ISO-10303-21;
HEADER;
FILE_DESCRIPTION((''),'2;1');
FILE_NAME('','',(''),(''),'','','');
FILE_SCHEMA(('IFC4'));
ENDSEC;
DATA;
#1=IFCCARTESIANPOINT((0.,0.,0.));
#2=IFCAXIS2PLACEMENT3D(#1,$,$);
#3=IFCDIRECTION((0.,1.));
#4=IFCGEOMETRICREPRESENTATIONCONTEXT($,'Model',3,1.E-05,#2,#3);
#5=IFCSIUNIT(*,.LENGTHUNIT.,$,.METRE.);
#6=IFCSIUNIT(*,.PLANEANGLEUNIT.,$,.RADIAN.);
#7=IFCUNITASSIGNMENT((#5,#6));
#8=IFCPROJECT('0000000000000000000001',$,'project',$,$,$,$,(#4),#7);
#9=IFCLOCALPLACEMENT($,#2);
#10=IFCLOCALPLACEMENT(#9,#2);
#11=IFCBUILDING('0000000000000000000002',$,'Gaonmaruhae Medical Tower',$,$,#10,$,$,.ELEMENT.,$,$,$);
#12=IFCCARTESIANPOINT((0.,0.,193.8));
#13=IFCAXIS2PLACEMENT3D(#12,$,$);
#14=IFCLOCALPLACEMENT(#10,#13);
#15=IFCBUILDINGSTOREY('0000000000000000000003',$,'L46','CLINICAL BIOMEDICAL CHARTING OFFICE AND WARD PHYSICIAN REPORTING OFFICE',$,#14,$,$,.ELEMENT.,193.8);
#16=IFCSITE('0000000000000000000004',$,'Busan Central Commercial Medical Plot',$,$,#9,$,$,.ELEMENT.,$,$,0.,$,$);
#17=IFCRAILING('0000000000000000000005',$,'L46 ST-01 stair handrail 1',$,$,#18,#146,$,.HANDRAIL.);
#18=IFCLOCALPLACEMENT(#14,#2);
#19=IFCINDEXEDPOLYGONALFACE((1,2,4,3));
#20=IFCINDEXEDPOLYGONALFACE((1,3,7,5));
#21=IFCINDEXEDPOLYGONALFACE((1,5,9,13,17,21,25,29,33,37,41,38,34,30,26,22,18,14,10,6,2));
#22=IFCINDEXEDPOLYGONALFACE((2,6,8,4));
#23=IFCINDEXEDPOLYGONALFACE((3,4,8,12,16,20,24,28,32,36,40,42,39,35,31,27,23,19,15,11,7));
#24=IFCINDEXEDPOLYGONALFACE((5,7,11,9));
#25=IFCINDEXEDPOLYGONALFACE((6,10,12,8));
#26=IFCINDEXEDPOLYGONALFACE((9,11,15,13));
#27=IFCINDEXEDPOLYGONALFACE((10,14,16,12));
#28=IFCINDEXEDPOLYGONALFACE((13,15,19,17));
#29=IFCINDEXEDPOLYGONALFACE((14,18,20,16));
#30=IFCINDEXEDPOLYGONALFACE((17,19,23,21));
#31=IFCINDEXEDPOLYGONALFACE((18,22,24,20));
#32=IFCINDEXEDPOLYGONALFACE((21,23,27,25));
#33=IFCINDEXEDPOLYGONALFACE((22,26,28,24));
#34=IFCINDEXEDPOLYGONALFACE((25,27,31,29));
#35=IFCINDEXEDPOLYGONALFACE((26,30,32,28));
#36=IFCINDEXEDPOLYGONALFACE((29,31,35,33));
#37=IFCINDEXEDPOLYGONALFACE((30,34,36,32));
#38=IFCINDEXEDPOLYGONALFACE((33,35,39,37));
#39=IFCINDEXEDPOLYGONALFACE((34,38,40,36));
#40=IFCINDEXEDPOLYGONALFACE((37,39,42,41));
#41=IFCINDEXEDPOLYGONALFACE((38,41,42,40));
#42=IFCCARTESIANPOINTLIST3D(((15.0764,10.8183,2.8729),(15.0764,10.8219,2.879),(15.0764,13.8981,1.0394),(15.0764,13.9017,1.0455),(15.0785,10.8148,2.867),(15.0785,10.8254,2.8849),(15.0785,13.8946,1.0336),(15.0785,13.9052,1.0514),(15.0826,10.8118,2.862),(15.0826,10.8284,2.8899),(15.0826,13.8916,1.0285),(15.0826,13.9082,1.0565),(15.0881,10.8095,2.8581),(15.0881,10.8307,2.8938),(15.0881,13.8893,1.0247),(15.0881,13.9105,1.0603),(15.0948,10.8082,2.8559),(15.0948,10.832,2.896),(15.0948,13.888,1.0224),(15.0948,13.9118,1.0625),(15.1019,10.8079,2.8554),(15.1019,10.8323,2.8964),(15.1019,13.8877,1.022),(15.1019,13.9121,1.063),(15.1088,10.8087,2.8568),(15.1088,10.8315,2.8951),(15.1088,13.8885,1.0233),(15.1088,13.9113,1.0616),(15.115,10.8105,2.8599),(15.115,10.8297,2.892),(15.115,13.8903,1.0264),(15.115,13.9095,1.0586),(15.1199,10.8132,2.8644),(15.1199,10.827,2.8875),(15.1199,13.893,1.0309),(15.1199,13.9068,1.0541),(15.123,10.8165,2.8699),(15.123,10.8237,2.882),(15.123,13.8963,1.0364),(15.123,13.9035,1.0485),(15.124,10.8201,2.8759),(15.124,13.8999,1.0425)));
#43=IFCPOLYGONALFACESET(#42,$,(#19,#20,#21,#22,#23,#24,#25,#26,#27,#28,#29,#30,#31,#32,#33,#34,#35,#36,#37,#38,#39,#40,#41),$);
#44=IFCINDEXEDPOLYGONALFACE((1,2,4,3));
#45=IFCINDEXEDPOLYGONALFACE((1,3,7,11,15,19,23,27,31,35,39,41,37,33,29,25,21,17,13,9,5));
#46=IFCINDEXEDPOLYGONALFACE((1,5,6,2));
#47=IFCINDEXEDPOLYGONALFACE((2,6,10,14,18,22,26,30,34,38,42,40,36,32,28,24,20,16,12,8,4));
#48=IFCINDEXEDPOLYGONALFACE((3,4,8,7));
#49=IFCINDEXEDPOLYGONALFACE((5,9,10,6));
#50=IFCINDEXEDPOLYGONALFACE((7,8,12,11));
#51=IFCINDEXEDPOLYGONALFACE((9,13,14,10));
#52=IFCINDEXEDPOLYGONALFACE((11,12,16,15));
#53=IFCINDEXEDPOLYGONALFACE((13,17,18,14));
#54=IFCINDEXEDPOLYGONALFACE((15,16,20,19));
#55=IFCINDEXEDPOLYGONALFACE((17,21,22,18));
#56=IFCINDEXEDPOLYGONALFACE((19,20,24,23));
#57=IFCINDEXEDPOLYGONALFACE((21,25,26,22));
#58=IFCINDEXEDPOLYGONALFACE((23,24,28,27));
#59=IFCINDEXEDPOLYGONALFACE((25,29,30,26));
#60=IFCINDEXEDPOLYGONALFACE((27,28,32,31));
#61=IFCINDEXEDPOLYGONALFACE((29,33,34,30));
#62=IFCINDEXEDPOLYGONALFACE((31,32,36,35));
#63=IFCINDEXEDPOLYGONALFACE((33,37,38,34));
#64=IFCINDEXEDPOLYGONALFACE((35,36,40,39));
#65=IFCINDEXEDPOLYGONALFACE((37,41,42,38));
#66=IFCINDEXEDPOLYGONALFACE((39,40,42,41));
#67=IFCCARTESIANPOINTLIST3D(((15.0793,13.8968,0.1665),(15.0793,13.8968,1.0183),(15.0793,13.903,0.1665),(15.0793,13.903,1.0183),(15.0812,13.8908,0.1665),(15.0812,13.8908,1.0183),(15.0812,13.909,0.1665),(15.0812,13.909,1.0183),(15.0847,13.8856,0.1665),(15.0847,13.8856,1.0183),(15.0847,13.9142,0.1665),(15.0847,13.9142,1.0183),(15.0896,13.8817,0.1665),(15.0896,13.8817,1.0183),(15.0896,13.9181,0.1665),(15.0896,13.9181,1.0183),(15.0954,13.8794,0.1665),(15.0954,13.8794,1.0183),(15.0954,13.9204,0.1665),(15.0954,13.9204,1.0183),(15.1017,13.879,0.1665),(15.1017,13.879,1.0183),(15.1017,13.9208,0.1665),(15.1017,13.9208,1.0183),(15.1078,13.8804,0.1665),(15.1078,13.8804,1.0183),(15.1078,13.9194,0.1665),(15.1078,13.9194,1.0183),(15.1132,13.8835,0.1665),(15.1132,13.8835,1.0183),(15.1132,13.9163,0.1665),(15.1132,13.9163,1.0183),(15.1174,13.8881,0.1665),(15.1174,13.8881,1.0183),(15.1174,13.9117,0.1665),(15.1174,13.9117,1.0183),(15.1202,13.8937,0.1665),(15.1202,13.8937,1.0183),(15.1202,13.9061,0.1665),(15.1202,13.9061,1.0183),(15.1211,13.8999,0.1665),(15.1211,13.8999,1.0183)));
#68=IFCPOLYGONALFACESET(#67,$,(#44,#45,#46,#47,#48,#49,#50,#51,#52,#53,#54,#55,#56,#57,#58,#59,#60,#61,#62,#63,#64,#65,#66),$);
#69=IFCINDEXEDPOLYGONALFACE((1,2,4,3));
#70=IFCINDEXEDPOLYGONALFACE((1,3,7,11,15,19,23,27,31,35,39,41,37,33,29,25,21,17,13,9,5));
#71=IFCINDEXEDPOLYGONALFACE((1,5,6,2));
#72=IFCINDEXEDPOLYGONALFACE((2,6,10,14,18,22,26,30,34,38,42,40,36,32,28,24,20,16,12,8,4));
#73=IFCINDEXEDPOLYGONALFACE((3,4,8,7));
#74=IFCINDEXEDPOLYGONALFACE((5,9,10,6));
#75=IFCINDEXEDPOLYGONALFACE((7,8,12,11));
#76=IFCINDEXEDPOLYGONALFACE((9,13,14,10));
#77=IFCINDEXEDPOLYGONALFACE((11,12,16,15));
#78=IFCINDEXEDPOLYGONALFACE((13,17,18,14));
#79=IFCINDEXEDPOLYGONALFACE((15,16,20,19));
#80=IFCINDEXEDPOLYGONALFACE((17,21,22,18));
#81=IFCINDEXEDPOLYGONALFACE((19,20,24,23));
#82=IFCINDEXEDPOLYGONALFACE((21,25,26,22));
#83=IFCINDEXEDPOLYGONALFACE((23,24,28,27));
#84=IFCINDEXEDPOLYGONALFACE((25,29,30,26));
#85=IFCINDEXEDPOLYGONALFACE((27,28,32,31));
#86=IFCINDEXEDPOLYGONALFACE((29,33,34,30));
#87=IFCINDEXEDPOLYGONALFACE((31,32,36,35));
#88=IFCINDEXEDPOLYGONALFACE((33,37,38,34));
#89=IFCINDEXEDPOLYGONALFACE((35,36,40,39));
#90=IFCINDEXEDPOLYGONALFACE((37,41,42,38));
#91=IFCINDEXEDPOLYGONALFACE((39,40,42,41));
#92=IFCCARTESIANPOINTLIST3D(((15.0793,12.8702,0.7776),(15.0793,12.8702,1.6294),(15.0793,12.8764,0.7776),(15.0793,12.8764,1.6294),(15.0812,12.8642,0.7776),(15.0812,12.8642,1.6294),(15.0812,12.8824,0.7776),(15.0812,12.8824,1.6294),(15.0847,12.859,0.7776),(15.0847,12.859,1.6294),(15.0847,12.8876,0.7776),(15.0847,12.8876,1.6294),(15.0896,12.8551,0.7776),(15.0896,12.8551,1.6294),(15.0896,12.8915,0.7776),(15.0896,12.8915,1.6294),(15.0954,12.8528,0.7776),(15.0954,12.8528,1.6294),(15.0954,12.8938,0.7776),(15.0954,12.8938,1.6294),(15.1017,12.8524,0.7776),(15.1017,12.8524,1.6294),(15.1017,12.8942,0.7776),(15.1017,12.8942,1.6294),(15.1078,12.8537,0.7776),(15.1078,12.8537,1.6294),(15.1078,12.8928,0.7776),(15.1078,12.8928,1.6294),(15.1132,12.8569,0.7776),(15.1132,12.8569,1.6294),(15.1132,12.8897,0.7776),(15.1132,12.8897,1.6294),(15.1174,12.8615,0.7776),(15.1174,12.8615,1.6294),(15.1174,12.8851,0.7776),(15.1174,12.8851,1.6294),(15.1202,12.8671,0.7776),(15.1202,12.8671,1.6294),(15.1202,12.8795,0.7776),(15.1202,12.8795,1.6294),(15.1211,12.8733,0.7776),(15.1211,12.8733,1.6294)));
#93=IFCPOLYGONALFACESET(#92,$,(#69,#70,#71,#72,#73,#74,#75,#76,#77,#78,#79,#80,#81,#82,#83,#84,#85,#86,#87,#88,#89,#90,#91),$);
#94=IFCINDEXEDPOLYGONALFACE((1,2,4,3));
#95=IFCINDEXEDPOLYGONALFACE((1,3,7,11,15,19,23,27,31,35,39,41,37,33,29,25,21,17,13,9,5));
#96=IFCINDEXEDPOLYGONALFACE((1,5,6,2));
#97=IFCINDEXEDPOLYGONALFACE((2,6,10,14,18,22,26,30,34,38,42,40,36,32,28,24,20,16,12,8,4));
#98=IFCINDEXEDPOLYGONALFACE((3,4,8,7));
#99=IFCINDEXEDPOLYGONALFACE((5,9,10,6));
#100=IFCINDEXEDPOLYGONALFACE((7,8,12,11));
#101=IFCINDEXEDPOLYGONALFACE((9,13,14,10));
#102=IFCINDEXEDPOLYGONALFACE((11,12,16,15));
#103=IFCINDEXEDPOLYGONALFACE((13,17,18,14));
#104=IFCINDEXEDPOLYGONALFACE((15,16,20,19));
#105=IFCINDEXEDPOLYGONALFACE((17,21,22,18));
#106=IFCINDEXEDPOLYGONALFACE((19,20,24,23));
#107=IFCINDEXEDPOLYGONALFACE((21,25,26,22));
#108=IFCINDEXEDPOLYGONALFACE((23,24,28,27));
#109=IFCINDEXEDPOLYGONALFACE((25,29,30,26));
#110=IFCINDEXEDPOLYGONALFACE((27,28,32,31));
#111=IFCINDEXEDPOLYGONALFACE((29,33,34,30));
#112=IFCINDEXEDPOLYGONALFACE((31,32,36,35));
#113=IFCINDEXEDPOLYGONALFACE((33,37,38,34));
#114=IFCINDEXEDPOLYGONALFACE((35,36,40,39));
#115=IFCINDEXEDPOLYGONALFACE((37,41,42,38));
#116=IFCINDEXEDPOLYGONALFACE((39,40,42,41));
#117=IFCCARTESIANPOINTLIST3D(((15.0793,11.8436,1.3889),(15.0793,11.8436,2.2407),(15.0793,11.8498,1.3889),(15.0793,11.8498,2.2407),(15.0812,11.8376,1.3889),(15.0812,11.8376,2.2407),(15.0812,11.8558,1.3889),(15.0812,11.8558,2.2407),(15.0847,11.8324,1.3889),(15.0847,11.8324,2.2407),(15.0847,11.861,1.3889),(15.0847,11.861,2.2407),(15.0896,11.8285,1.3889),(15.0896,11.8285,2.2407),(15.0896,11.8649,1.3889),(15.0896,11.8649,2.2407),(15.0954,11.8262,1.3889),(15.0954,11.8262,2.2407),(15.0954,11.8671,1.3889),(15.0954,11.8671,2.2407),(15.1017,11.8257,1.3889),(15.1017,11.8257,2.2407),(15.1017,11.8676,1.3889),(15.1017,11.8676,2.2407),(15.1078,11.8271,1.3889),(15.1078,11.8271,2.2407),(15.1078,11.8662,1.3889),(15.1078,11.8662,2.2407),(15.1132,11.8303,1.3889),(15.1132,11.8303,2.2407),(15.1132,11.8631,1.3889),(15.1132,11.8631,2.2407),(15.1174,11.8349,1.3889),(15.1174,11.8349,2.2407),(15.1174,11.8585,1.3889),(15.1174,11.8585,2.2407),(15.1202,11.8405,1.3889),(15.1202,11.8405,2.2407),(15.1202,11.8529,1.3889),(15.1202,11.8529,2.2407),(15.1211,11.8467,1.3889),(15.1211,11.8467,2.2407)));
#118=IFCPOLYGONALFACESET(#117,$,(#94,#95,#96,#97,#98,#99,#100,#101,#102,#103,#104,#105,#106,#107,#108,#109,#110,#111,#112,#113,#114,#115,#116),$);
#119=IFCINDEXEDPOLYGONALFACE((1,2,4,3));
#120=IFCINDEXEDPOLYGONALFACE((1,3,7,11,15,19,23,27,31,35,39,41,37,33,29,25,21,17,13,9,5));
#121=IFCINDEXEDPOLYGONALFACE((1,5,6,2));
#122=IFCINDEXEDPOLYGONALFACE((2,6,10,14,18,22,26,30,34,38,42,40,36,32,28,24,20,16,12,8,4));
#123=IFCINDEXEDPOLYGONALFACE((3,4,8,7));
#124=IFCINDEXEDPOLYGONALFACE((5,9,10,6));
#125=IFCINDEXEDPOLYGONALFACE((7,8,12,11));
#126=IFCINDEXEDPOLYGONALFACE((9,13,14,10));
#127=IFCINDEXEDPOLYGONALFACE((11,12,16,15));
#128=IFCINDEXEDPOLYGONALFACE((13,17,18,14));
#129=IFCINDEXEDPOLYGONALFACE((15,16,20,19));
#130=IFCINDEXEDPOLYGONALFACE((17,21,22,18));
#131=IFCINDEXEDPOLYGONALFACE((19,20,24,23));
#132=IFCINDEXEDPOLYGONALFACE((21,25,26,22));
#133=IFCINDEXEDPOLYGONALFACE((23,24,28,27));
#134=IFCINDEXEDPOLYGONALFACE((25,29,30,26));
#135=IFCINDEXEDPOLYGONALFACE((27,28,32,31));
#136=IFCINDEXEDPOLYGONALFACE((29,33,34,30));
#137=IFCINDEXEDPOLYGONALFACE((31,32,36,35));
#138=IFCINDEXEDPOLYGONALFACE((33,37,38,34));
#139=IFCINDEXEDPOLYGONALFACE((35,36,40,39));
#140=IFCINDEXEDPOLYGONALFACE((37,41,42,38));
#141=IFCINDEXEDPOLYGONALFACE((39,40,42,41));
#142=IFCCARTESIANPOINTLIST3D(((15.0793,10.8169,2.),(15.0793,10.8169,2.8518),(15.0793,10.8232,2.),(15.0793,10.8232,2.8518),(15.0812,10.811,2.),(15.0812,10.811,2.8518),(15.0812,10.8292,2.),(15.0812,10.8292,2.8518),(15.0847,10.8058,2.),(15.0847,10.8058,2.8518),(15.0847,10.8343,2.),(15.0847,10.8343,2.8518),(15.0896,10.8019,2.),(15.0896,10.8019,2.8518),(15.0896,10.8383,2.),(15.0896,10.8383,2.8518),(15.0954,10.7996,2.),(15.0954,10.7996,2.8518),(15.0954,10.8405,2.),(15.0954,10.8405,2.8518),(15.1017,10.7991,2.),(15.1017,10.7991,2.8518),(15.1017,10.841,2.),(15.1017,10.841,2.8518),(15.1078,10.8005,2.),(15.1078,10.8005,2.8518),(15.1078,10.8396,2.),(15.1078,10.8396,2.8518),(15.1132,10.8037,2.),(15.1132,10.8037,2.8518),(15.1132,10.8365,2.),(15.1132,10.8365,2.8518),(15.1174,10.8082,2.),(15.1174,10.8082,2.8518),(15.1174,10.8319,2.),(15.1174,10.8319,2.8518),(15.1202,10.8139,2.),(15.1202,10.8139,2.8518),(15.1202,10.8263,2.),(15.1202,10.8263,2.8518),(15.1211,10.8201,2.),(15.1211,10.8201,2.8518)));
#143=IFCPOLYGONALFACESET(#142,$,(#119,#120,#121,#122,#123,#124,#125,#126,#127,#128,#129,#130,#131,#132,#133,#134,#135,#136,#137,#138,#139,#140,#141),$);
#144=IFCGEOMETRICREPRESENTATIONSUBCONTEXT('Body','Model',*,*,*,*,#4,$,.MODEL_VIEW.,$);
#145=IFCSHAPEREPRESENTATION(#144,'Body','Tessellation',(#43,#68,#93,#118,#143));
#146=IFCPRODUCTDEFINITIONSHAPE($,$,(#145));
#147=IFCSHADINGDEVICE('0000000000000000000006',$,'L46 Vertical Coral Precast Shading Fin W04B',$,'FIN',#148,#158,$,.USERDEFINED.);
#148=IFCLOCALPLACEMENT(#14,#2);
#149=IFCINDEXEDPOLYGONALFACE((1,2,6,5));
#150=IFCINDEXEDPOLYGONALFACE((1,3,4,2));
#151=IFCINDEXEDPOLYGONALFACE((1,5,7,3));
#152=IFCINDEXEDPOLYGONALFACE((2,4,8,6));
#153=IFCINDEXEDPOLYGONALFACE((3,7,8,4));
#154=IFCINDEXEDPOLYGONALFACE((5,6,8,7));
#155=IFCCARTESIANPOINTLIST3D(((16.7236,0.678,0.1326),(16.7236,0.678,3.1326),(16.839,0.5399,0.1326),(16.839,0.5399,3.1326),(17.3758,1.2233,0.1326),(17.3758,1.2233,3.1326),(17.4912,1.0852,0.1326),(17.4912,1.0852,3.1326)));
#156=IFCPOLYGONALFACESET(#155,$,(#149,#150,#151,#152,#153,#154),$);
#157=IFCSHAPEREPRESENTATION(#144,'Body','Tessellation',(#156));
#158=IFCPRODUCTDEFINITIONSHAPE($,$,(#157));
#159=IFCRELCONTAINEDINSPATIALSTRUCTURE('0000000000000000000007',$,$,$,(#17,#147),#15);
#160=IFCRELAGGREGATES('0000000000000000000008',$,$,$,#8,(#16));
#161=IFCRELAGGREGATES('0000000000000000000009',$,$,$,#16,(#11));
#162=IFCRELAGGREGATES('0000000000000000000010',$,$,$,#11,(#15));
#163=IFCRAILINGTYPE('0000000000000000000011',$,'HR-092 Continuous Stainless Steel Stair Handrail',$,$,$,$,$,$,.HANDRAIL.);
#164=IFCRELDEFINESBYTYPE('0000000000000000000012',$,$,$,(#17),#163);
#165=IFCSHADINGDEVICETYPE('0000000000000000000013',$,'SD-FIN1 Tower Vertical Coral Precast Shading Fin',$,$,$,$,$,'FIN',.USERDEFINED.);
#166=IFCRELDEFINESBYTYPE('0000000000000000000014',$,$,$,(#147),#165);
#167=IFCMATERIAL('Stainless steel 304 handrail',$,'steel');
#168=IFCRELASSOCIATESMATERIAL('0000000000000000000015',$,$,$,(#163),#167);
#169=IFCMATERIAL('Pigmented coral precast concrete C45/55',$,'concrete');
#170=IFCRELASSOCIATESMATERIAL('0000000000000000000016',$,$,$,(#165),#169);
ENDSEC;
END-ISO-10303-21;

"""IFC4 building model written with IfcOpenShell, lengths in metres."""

from ifc_helpers import new_model, si_unit, direction, frame, origin, origin_2d, place, context, subcontext, project, spatial, rectangle, circle, extrude, material, type_object, element, save


model = new_model("IFC4")

# Units and contexts
model_context = context("Model", 3, precision=1e-05, world=origin(), true_north=direction((0.0, 1.0)))
body_context = subcontext(model_context, "Body", "Model", "MODEL_VIEW")
ifc_project = project(units=[si_unit("LENGTHUNIT", "METRE"), si_unit("PLANEANGLEUNIT", "RADIAN")], contexts=[model_context])

# Site, building, storey
site_placement = place(None, origin())
site = spatial("IfcSite", under=ifc_project, at=site_placement, Name="Busan Central Commercial Medical Plot", CompositionType="ELEMENT", RefElevation=0.0)
building_placement = place(site_placement, origin())
building = spatial("IfcBuilding", under=site, at=building_placement, Name="Gaonmaruhae Medical Tower", CompositionType="ELEMENT")
storey_placement = place(building_placement, frame((0.0, 0.0, 193.8)))
storey = spatial("IfcBuildingStorey", under=building, at=storey_placement, Name="L46", Description="CLINICAL BIOMEDICAL CHARTING OFFICE AND WARD PHYSICIAN REPORTING OFFICE", CompositionType="ELEMENT", Elevation=193.8)

# Railing
ifc_material_1 = material(Name="Stainless steel 304 handrail", Category="steel")
railing_type_1 = type_object("IfcRailingType", Name="HR-092 Continuous Stainless Steel Stair Handrail", PredefinedType="HANDRAIL", material=ifc_material_1)
railing_1_placement = place(storey_placement, frame((15.1001, 13.8999, 0.1665)))
element("IfcRailing", 1, at=railing_1_placement, inside=storey, type_object=railing_type_1, Name="L46 ST-01 stair handrail 1", PredefinedType="HANDRAIL", context=body_context, shape_type="SweptSolid", body=[
    extrude(circle(Radius=0.0239, at=origin_2d()), frame((0.0, 0.0, 0.876), z_axis=(0.0, -0.859261, 0.511538), x_axis=(1.0, 0.0, 0.0)), (0.0, 0.0, 1.0), 3.5842),
    extrude(circle(Radius=0.021, at=origin_2d()), origin(), (0.0, 0.0, 1.0), 0.8518),
    extrude(circle(Radius=0.021, at=origin_2d()), frame((0.0, -1.0266, 0.6111)), (0.0, 0.0, 1.0), 0.8518),
    extrude(circle(Radius=0.021, at=origin_2d()), frame((0.0, -2.0532, 1.2224)), (0.0, 0.0, 1.0), 0.8518),
    extrude(circle(Radius=0.021, at=origin_2d()), frame((0.0, -3.0798, 1.8335)), (0.0, 0.0, 1.0), 0.8518),
])

# Shading device
ifc_material_2 = material(Name="Pigmented coral precast concrete C45/55", Category="concrete")
shading_device_type = type_object("IfcShadingDeviceType", Name="SD-FIN1 Tower Vertical Coral Precast Shading Fin", ElementType="FIN", PredefinedType="USERDEFINED", material=ifc_material_2)
shading_device_placement = place(storey_placement, frame((17.1074, 0.8816, 0.1326), z_axis=(0.0, 0.0, 1.0), x_axis=(-0.64145, 0.767165, 0.0)))
element("IfcShadingDevice", 2, at=shading_device_placement, inside=storey, type_object=shading_device_type, Name="L46 Vertical Coral Precast Shading Fin W04B", ObjectType="FIN", PredefinedType="USERDEFINED", context=body_context, shape_type="SweptSolid", body=[
    extrude(rectangle(XDim=0.1799, YDim=0.8501, at=origin_2d()), origin(), (0.0, 0.0, 1.0), 3.0),
])

save(model, "model.ifc")
